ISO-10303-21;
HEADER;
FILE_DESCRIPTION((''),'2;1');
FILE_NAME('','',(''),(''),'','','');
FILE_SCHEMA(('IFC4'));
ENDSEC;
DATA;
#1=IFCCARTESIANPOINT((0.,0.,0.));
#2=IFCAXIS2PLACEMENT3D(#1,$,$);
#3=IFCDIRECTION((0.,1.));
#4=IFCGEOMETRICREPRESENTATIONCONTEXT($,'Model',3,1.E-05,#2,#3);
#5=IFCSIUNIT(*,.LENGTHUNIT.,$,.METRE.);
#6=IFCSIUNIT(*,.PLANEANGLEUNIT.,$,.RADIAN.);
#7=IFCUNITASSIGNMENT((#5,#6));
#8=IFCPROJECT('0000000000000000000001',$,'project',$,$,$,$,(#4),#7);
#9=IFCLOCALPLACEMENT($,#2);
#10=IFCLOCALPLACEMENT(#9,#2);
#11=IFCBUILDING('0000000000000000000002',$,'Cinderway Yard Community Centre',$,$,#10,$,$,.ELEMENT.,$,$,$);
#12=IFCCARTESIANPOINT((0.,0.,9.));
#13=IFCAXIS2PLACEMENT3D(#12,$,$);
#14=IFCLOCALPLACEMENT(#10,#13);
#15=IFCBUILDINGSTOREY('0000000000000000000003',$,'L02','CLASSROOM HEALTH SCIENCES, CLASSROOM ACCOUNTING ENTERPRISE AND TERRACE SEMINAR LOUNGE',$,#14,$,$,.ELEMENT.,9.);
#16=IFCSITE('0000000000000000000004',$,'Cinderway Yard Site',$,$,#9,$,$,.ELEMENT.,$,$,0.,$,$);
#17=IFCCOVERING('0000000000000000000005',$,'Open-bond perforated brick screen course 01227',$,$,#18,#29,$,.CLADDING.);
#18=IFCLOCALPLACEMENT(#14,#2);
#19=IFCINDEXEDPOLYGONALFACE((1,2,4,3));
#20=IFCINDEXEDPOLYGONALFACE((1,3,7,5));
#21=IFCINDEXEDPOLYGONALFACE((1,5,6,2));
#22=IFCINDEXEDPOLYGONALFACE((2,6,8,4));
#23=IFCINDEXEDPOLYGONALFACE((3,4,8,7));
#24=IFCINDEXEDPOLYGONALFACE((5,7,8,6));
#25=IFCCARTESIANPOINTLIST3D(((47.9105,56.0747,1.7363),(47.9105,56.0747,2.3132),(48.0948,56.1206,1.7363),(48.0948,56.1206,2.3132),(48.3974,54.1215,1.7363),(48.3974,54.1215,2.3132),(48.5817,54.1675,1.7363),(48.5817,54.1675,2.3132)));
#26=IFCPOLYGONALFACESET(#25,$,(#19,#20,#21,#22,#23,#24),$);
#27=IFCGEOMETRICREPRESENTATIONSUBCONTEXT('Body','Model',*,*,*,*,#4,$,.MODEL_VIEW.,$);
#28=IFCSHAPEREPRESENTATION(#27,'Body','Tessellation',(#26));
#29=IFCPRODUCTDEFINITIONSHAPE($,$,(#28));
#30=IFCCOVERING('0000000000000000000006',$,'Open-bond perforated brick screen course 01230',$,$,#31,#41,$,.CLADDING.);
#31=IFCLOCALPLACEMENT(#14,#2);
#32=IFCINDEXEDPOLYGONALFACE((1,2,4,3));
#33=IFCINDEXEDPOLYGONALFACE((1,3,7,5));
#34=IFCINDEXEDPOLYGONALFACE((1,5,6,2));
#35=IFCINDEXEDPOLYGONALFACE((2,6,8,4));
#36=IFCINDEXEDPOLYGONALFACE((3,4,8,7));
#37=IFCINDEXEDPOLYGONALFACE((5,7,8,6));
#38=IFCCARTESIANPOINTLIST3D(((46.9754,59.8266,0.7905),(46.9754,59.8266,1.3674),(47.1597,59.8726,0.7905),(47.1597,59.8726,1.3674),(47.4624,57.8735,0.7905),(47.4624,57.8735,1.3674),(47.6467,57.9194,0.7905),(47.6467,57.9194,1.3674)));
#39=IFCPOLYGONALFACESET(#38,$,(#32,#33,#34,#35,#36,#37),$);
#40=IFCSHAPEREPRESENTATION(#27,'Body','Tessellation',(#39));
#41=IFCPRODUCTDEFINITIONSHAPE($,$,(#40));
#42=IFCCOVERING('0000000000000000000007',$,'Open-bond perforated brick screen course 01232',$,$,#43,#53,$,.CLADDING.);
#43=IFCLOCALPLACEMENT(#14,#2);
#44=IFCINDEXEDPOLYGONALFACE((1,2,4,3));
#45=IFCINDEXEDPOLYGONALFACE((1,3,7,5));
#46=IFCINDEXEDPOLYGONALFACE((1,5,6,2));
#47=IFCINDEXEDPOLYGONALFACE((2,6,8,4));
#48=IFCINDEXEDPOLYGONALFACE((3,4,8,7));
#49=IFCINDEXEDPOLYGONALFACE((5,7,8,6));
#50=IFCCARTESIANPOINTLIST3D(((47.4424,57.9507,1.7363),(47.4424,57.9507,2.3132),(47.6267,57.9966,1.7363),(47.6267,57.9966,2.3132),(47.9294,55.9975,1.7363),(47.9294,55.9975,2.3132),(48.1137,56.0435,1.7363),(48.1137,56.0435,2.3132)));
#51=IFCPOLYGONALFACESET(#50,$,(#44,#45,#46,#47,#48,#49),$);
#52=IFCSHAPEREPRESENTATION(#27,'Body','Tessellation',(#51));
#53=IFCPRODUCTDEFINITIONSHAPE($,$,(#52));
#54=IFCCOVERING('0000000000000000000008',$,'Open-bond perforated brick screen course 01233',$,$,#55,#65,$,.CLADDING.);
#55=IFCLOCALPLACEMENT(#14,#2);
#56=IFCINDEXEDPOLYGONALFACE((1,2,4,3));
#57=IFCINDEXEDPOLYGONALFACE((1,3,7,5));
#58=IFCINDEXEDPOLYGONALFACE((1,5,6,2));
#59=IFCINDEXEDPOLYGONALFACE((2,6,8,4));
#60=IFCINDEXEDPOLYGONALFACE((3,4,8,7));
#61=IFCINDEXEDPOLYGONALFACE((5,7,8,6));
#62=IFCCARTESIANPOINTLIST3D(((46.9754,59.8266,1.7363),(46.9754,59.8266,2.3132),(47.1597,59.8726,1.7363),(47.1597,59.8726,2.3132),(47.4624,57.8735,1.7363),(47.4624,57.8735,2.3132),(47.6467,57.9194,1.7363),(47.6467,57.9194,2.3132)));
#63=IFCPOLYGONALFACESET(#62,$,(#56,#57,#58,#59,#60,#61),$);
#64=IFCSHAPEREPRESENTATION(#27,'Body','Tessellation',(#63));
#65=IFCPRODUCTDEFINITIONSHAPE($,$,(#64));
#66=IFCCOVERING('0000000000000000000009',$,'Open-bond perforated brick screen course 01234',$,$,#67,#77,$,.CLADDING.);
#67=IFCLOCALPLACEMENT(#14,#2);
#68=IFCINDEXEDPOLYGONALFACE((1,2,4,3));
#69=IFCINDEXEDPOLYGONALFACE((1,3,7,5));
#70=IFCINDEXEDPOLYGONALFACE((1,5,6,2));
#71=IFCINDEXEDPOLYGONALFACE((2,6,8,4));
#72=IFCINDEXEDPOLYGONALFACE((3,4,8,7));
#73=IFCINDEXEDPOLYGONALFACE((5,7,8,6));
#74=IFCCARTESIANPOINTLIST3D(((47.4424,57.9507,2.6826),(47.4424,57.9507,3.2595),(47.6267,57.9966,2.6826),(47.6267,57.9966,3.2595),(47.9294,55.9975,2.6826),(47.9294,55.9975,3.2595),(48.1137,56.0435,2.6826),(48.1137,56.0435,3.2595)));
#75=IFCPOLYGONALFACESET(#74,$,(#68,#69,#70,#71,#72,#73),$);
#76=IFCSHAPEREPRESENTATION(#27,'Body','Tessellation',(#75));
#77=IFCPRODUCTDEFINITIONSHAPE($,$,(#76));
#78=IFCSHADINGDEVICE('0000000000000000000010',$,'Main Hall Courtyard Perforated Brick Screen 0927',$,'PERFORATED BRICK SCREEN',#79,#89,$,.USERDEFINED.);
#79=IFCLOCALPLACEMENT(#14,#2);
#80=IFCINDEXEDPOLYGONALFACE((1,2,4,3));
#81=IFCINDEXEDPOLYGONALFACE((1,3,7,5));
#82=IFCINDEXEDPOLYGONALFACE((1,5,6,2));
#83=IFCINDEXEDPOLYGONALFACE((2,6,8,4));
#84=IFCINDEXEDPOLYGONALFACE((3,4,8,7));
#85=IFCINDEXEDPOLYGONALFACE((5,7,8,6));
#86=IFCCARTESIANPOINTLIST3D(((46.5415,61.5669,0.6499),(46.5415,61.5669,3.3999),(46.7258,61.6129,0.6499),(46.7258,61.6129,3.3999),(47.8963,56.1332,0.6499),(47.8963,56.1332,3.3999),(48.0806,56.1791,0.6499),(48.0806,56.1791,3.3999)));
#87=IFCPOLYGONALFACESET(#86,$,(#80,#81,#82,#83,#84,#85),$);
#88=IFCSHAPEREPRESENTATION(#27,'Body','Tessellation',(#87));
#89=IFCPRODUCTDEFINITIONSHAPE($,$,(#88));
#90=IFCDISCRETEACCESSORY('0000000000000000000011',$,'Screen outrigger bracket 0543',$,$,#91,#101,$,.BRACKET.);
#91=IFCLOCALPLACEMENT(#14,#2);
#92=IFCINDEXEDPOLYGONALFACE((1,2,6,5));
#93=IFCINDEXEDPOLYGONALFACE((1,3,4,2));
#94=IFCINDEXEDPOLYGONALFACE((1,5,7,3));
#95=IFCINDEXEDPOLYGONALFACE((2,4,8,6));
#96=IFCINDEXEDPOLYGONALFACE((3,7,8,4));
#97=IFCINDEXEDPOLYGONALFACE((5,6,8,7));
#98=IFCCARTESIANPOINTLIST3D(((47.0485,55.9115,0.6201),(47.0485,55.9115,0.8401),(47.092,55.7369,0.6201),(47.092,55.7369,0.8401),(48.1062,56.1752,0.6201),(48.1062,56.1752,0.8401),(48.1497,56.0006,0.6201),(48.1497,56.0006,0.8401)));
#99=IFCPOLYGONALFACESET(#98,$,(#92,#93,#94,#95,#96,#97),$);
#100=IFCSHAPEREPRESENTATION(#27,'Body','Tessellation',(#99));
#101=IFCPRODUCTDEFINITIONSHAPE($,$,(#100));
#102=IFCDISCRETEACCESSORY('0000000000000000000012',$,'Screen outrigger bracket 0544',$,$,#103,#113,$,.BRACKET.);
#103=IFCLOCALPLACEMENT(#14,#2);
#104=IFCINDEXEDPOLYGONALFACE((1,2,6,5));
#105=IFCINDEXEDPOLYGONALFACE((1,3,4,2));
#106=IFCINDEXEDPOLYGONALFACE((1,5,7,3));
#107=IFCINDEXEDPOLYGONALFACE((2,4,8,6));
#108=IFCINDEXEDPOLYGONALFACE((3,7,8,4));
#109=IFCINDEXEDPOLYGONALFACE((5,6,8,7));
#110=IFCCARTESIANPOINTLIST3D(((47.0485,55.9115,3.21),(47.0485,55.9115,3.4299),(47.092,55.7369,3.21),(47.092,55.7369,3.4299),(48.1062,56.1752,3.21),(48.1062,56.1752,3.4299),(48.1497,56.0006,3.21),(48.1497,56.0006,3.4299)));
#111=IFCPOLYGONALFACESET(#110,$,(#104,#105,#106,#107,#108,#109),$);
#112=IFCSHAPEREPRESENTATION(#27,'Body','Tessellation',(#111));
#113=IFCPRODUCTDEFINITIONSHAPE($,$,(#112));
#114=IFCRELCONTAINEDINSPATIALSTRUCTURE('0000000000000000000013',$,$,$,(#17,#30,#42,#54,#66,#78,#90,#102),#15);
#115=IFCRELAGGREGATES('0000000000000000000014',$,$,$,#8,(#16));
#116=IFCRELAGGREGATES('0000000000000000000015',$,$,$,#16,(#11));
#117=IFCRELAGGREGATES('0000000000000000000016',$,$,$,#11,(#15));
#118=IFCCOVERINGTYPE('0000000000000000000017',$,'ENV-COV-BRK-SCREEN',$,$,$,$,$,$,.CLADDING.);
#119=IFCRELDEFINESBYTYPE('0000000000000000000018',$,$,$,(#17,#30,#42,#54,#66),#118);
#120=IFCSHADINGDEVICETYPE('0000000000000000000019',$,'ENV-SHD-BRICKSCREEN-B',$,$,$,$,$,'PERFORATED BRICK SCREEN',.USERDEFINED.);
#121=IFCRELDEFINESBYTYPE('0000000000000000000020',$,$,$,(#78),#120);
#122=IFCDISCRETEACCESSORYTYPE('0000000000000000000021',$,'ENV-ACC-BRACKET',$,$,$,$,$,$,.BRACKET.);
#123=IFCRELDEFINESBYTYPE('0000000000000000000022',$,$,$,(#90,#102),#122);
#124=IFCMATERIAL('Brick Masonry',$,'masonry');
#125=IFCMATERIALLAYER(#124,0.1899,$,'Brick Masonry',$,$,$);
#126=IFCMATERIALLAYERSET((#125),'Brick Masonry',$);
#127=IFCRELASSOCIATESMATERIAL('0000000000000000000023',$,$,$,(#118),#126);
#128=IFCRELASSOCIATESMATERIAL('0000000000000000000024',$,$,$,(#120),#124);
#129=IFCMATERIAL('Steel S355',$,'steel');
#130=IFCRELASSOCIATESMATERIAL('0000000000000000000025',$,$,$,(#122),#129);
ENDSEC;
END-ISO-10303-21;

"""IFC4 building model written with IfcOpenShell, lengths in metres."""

from ifc_helpers import new_model, si_unit, direction, frame, origin, origin_2d, place, context, subcontext, project, spatial, rectangle, extrude, material, layer, layer_set, type_object, element, save


model = new_model("IFC4")

# Units and contexts
model_context = context("Model", 3, precision=1e-05, world=origin(), true_north=direction((0.0, 1.0)))
body_context = subcontext(model_context, "Body", "Model", "MODEL_VIEW")
ifc_project = project(units=[si_unit("LENGTHUNIT", "METRE"), si_unit("PLANEANGLEUNIT", "RADIAN")], contexts=[model_context])

# Site, building, storey
site_placement = place(None, origin())
site = spatial("IfcSite", under=ifc_project, at=site_placement, Name="Cinderway Yard Site", CompositionType="ELEMENT", RefElevation=0.0)
building_placement = place(site_placement, origin())
building = spatial("IfcBuilding", under=site, at=building_placement, Name="Cinderway Yard Community Centre", CompositionType="ELEMENT")
storey_placement = place(building_placement, frame((0.0, 0.0, 9.0)))
storey = spatial("IfcBuildingStorey", under=building, at=storey_placement, Name="L02", Description="CLASSROOM HEALTH SCIENCES, CLASSROOM ACCOUNTING ENTERPRISE AND TERRACE SEMINAR LOUNGE", CompositionType="ELEMENT", Elevation=9.0)

# Shared definitions
ifc_material_1 = material(Name="Steel S355", Category="steel")

# Coverings
ifc_material_2 = material(Name="Brick Masonry", Category="masonry")
ifc_layer_1 = layer(ifc_material_2, 0.1899, Name="Brick Masonry")
ifc_layer_set_1 = layer_set([ifc_layer_1], Name="Brick Masonry")
covering_type = type_object("IfcCoveringType", Name="ENV-COV-BRK-SCREEN", PredefinedType="CLADDING", material=ifc_layer_set_1)
for number, where, z_axis, x_axis, name in (
    (1, (48.2461, 55.1211, 1.7363), (0.0, 0.0, 1.0), (0.241922, -0.970296, 0.0), "Open-bond perforated brick screen course 01227"),
    (2, (47.311, 58.873, 0.7905), (0.0, 0.0, 1.0), (0.241922, -0.970296, 0.0), "Open-bond perforated brick screen course 01230"),
    (3, (47.7781, 56.9971, 1.7363), (0.0, 0.0, 1.0), (0.241922, -0.970296, 0.0), "Open-bond perforated brick screen course 01232"),
    (4, (47.311, 58.873, 1.7363), (0.0, 0.0, 1.0), (0.241922, -0.970296, 0.0), "Open-bond perforated brick screen course 01233"),
    (5, (47.7781, 56.9971, 2.6826), (0.0, 0.0, 1.0), (0.241922, -0.970296, 0.0), "Open-bond perforated brick screen course 01234"),
):
    element("IfcCovering", number, at=place(storey_placement, frame(where, z_axis=z_axis, x_axis=x_axis)), inside=storey, type_object=covering_type, Name=name, PredefinedType="CLADDING", context=body_context, shape_type="SweptSolid", body=[
        extrude(rectangle(XDim=2.0129, YDim=0.1899, at=origin_2d()), origin(), (0.0, 0.0, 1.0), 0.5769),
    ])

# Shading device
shading_device_type = type_object("IfcShadingDeviceType", Name="ENV-SHD-BRICKSCREEN-B", ElementType="PERFORATED BRICK SCREEN", PredefinedType="USERDEFINED", material=ifc_material_2)
shading_device_placement = place(storey_placement, frame((47.311, 58.873, 0.6499), z_axis=(0.0, 0.0, 1.0), x_axis=(0.241922, -0.970296, 0.0)))
element("IfcShadingDevice", 6, at=shading_device_placement, inside=storey, type_object=shading_device_type, Name="Main Hall Courtyard Perforated Brick Screen 0927", ObjectType="PERFORATED BRICK SCREEN", PredefinedType="USERDEFINED", context=body_context, shape_type="SweptSolid", body=[
    extrude(rectangle(XDim=5.6001, YDim=0.1899, at=origin_2d()), origin(), (0.0, 0.0, 1.0), 2.75),
])

# Discrete accessories
discrete_accessory_type = type_object("IfcDiscreteAccessoryType", Name="ENV-ACC-BRACKET", PredefinedType="BRACKET", material=ifc_material_1)
for number, where, z_axis, x_axis, name in (
    (7, (47.5991, 55.9561, 0.6201), (0.0, 0.0, 1.0), (0.970296, 0.241922, 0.0), "Screen outrigger bracket 0543"),
    (8, (47.5991, 55.9561, 3.21), (0.0, 0.0, 1.0), (0.970296, 0.241922, 0.0), "Screen outrigger bracket 0544"),
):
    element("IfcDiscreteAccessory", number, at=place(storey_placement, frame(where, z_axis=z_axis, x_axis=x_axis)), inside=storey, type_object=discrete_accessory_type, Name=name, PredefinedType="BRACKET", context=body_context, shape_type="SweptSolid", body=[
        extrude(rectangle(XDim=1.0901, YDim=0.1799, at=origin_2d()), origin(), (0.0, 0.0, 1.0), 0.22),
    ])

save(model, "model.ifc")
